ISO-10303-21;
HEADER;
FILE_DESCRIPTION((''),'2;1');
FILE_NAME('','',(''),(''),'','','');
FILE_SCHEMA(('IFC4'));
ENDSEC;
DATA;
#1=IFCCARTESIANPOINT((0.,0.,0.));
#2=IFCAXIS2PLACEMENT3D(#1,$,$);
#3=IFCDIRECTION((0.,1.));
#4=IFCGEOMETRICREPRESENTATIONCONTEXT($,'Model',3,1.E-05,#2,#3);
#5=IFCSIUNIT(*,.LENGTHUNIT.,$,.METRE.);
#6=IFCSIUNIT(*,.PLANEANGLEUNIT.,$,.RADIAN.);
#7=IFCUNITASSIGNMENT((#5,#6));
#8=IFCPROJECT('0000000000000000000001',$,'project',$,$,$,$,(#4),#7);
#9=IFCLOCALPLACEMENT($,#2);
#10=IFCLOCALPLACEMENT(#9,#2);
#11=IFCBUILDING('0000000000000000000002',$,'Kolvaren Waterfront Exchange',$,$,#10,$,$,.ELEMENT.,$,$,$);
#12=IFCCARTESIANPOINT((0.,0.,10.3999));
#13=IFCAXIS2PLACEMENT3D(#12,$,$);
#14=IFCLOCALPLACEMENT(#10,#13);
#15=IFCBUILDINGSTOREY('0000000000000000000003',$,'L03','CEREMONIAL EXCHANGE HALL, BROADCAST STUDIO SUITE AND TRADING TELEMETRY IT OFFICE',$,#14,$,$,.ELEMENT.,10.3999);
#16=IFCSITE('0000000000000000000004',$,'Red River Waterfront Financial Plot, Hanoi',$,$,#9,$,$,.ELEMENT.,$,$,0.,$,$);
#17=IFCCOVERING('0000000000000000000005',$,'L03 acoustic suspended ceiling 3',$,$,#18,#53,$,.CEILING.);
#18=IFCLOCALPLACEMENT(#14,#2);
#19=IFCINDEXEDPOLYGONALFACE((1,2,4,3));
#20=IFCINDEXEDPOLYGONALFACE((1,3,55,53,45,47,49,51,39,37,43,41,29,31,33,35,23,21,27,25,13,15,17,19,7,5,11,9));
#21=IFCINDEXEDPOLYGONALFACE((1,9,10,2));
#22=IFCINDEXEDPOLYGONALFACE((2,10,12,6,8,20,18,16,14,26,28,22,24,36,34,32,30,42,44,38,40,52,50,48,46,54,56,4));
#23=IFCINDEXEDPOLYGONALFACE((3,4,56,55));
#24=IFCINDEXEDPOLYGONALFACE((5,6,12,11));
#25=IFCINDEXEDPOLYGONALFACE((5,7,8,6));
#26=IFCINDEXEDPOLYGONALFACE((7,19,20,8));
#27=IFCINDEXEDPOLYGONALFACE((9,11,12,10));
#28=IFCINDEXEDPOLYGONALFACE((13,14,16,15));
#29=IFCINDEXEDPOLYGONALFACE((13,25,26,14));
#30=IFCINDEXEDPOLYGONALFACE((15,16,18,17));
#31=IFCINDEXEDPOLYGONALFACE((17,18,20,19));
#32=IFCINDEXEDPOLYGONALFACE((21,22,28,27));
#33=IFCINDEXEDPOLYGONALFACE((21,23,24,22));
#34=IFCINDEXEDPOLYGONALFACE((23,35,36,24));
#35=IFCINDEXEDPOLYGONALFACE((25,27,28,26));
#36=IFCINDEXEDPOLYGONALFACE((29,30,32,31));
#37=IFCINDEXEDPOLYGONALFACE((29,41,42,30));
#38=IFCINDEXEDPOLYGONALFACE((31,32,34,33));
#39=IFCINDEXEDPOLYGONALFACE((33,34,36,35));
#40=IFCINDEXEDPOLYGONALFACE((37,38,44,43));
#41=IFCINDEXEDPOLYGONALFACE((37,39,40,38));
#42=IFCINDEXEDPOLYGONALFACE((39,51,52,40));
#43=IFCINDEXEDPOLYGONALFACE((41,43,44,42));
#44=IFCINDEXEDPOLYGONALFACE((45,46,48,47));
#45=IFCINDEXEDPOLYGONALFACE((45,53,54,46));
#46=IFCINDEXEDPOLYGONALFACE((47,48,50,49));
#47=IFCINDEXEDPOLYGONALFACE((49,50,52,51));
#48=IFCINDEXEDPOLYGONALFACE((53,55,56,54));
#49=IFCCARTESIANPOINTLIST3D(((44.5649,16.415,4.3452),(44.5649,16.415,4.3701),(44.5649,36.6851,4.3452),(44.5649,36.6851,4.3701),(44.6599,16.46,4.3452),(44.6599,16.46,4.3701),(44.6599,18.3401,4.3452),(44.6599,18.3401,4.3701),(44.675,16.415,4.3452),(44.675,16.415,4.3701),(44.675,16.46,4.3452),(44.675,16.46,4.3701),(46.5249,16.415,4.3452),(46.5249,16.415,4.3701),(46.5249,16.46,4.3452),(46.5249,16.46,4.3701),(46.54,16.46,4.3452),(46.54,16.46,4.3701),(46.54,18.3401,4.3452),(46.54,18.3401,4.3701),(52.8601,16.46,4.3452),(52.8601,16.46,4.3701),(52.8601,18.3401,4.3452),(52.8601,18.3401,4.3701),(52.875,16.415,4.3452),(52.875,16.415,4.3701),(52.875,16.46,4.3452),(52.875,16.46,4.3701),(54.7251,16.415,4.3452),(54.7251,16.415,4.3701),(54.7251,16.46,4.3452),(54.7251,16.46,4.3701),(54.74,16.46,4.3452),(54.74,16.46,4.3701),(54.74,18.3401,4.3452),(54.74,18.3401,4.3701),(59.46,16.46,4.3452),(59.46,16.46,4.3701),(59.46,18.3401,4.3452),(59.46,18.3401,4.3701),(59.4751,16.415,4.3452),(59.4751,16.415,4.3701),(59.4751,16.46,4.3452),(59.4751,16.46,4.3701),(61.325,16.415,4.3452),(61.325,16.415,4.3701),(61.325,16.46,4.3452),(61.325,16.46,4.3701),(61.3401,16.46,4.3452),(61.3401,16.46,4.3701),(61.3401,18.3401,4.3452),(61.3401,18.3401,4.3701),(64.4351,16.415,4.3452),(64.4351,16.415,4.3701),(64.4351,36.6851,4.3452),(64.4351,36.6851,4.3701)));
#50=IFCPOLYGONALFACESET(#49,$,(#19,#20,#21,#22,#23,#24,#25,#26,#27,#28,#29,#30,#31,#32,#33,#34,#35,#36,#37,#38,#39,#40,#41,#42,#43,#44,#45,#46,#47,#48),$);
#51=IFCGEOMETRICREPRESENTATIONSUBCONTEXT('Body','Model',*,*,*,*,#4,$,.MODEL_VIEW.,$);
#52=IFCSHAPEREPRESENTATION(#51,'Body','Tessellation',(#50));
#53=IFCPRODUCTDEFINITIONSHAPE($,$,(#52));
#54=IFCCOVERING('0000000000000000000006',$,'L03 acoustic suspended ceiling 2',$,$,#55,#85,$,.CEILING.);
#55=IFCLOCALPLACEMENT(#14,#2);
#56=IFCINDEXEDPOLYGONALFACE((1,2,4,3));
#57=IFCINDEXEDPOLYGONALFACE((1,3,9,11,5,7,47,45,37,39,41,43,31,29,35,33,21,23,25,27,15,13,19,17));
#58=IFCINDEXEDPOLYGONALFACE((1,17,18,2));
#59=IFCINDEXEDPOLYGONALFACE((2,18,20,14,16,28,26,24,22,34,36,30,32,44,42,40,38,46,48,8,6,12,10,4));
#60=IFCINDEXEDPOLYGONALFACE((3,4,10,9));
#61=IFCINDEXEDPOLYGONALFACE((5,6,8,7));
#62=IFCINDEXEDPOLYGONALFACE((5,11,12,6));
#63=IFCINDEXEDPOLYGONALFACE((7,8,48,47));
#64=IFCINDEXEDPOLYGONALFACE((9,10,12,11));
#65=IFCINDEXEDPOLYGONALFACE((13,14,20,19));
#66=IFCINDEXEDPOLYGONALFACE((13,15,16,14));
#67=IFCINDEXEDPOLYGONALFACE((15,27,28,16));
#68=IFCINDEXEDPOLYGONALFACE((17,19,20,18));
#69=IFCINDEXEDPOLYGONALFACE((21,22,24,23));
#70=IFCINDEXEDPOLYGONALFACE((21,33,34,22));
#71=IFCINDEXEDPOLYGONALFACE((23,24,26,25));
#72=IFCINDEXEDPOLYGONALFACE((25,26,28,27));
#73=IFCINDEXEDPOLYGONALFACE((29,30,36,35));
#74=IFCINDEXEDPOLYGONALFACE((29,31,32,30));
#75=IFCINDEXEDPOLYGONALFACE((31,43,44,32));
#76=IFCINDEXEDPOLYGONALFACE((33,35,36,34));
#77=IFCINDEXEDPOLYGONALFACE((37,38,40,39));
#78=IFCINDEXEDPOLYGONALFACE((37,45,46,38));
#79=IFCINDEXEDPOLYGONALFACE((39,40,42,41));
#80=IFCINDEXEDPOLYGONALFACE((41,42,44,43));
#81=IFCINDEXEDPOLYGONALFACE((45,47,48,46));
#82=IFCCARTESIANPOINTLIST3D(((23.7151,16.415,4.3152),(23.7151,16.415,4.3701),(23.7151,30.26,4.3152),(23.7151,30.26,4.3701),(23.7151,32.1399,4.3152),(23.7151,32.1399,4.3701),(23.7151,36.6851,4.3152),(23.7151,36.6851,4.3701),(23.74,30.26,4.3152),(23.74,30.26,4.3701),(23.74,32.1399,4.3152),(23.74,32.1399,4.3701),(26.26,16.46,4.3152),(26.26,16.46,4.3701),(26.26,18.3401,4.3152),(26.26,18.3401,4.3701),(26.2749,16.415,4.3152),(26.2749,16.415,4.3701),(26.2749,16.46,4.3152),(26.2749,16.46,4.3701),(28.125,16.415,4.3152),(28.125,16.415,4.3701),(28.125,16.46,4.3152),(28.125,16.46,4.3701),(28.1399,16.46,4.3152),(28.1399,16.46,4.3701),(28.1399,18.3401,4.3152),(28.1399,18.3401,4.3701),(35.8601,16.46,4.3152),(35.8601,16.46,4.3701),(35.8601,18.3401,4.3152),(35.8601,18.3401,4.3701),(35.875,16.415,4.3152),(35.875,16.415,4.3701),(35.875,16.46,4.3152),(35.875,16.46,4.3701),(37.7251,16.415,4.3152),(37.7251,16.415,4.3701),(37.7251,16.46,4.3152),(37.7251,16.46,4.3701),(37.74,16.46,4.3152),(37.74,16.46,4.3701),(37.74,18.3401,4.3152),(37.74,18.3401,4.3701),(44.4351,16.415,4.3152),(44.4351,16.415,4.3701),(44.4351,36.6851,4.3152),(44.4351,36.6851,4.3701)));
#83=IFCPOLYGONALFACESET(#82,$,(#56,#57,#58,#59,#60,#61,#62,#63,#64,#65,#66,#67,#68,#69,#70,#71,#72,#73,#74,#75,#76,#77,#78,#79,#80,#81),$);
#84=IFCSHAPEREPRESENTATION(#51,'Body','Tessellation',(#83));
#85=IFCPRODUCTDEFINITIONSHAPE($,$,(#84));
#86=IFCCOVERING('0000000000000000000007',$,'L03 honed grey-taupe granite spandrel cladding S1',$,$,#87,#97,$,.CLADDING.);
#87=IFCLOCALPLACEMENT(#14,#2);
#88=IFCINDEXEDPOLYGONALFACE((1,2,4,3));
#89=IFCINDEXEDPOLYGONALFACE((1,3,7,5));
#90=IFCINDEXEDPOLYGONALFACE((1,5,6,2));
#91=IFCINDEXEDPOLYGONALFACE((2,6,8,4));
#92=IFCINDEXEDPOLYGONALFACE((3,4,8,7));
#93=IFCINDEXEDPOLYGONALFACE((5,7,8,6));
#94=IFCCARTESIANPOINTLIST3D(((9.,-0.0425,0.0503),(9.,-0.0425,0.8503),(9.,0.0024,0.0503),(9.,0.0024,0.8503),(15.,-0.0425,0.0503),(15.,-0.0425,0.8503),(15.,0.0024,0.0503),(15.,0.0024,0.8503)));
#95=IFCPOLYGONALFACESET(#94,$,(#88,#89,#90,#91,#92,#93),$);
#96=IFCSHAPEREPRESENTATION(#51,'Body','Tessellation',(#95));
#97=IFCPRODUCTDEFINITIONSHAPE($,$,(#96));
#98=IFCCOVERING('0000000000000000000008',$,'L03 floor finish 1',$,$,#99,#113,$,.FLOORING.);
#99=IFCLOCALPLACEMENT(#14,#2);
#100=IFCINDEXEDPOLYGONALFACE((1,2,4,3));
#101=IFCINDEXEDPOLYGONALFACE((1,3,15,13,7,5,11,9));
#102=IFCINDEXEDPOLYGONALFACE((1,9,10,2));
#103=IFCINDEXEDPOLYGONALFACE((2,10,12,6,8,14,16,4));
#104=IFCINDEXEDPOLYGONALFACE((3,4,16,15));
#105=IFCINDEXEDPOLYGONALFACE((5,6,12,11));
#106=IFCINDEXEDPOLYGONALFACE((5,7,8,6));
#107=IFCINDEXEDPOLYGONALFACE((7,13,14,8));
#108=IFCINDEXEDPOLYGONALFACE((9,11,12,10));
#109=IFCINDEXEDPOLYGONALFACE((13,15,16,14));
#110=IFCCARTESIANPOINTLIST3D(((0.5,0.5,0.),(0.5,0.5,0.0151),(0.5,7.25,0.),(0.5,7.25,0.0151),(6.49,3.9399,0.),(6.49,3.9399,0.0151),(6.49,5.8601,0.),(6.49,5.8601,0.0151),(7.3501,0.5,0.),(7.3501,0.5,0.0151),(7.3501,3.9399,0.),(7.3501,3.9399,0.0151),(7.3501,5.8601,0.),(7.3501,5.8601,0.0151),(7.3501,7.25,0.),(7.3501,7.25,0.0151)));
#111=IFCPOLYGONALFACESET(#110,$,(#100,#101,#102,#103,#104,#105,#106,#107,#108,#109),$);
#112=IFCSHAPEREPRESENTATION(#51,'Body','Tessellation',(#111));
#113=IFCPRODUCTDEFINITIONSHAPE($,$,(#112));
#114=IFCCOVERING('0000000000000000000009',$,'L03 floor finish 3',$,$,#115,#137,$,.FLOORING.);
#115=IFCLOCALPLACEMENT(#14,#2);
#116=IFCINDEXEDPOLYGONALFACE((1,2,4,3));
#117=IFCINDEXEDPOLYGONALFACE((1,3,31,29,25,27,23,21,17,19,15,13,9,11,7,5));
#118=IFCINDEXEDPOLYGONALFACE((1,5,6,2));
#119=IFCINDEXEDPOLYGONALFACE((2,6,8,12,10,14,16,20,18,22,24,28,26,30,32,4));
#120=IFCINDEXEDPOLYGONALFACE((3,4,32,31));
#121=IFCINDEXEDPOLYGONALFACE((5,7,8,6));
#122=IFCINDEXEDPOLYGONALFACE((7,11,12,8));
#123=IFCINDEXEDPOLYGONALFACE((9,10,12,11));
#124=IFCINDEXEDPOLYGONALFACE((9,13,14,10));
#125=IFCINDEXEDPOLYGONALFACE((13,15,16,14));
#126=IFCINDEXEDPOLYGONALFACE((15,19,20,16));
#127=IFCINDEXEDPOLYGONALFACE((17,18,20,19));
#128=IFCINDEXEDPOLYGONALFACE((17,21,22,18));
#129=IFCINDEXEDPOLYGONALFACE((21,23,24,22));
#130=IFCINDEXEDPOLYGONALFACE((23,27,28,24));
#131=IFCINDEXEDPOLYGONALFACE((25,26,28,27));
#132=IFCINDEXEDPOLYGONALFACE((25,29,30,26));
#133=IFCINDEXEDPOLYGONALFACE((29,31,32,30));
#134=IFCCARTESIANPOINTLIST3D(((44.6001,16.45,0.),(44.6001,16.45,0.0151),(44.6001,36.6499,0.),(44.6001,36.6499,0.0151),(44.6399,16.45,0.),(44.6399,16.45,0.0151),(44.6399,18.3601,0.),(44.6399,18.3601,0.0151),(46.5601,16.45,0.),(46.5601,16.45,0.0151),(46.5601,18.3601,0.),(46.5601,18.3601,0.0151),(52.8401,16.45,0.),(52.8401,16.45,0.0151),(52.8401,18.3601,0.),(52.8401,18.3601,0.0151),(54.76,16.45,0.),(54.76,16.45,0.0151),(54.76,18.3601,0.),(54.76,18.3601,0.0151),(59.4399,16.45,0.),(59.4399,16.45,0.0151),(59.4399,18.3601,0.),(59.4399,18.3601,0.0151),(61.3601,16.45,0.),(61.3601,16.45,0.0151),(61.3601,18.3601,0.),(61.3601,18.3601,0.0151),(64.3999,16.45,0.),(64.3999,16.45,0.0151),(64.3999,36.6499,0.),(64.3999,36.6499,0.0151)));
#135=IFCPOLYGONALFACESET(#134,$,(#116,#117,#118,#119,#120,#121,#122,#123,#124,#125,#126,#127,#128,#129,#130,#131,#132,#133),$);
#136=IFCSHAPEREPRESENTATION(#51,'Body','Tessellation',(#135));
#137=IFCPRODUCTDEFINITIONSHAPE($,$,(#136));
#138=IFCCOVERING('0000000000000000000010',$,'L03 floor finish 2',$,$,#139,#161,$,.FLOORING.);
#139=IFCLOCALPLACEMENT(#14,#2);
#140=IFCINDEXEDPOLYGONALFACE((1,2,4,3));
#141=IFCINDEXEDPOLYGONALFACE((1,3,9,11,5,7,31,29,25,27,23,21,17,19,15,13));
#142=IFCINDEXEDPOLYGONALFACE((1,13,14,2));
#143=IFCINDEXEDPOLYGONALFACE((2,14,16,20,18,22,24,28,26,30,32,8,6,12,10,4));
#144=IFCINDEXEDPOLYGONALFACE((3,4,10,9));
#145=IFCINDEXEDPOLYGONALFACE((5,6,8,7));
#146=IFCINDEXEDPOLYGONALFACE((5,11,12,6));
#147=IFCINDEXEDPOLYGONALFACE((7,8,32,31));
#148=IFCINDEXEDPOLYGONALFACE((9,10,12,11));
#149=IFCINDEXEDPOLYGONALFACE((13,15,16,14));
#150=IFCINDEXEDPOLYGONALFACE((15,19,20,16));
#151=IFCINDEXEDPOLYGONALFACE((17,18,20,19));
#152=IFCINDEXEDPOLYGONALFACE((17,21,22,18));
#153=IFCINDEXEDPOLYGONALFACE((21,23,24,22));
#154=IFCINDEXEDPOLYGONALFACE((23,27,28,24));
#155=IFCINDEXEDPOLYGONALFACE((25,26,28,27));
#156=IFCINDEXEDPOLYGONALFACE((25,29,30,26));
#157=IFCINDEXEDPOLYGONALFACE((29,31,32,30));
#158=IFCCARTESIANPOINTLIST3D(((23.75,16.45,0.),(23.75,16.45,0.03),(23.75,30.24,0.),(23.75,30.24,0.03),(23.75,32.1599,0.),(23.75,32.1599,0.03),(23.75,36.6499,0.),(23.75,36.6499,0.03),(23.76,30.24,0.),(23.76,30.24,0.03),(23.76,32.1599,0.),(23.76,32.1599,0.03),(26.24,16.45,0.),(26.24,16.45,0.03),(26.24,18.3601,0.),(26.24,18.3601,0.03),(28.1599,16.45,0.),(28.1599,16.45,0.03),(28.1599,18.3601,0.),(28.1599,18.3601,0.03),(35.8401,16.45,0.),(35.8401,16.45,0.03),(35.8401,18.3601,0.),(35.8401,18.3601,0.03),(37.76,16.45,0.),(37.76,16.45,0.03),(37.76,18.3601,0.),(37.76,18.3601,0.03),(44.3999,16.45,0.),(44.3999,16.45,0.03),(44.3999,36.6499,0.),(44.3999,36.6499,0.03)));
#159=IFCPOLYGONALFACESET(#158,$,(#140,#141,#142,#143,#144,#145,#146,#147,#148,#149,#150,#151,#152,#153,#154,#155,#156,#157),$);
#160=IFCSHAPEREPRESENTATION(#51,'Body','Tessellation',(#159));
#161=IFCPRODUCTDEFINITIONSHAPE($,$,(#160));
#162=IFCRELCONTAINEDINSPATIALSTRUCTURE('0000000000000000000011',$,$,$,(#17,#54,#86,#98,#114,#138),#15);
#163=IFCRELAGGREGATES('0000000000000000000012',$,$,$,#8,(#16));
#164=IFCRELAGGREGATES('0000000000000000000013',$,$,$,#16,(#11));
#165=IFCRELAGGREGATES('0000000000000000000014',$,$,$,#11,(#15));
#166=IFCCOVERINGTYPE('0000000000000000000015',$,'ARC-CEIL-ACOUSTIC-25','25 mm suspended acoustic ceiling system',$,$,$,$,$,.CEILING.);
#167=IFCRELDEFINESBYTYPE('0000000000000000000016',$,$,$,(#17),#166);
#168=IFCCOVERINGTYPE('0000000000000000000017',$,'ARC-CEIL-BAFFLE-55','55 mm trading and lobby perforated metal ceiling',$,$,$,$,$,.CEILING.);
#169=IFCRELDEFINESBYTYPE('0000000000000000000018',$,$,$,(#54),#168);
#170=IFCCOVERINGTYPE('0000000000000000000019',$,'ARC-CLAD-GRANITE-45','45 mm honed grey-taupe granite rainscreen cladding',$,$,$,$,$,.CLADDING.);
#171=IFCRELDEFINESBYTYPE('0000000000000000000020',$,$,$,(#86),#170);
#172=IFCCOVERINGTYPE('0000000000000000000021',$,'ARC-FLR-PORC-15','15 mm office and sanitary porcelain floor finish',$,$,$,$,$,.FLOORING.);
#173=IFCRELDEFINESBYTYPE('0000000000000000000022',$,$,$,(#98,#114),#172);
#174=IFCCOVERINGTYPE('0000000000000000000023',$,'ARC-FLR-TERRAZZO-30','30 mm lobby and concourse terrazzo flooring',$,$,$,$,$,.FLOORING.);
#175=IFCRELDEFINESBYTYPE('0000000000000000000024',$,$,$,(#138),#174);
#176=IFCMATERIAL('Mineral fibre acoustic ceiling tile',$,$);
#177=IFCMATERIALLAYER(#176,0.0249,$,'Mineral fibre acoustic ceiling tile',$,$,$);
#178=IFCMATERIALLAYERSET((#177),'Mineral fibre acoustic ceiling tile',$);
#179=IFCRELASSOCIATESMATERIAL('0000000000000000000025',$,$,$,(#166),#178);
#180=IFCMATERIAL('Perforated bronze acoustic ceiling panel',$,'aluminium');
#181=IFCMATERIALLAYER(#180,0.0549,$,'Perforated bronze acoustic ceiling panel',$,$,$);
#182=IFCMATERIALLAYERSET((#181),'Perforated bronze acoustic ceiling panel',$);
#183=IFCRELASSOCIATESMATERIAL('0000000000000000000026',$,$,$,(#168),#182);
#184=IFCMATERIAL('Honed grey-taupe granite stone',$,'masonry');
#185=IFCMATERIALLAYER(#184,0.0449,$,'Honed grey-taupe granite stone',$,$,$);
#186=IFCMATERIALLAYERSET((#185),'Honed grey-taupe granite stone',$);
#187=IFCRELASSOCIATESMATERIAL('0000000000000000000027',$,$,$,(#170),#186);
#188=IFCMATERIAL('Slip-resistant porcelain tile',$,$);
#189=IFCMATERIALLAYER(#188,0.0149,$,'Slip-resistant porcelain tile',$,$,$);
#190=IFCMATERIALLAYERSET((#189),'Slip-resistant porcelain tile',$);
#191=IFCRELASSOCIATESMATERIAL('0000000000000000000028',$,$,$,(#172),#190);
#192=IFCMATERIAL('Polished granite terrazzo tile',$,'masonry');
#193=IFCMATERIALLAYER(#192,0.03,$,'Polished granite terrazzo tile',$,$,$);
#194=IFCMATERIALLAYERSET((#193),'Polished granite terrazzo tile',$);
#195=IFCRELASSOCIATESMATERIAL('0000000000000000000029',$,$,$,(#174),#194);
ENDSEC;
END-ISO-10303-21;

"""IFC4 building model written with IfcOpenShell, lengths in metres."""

from ifc_helpers import new_model, si_unit, direction, frame, origin, origin_2d, place, context, subcontext, project, spatial, polyline, rectangle, outline, extrude, material, layer, layer_set, type_object, element, save


model = new_model("IFC4")

# Units and contexts
model_context = context("Model", 3, precision=1e-05, world=origin(), true_north=direction((0.0, 1.0)))
body_context = subcontext(model_context, "Body", "Model", "MODEL_VIEW")
ifc_project = project(units=[si_unit("LENGTHUNIT", "METRE"), si_unit("PLANEANGLEUNIT", "RADIAN")], contexts=[model_context])

# Site, building, storey
site_placement = place(None, origin())
site = spatial("IfcSite", under=ifc_project, at=site_placement, Name="Red River Waterfront Financial Plot, Hanoi", CompositionType="ELEMENT", RefElevation=0.0)
building_placement = place(site_placement, origin())
building = spatial("IfcBuilding", under=site, at=building_placement, Name="Kolvaren Waterfront Exchange", CompositionType="ELEMENT")
storey_placement = place(building_placement, frame((0.0, 0.0, 10.3999)))
storey = spatial("IfcBuildingStorey", under=building, at=storey_placement, Name="L03", Description="CEREMONIAL EXCHANGE HALL, BROADCAST STUDIO SUITE AND TRADING TELEMETRY IT OFFICE", CompositionType="ELEMENT", Elevation=10.3999)

# Coverings
ifc_material_1 = material(Name="Mineral fibre acoustic ceiling tile")
ifc_layer_1 = layer(ifc_material_1, 0.0249, Name="Mineral fibre acoustic ceiling tile")
ifc_layer_set_1 = layer_set([ifc_layer_1], Name="Mineral fibre acoustic ceiling tile")
covering_type_1 = type_object("IfcCoveringType", Name="ARC-CEIL-ACOUSTIC-25", Description="25 mm suspended acoustic ceiling system", PredefinedType="CEILING", material=ifc_layer_set_1)
covering_1_placement = place(storey_placement, frame((0.0, 0.0, 4.3452)))
element("IfcCovering", 1, at=covering_1_placement, inside=storey, type_object=covering_type_1, Name="L03 acoustic suspended ceiling 3", PredefinedType="CEILING", context=body_context, shape_type="SweptSolid", body=[
    extrude(outline(polyline([(64.4351, 16.415), (64.4351, 36.6851), (44.5649, 36.6851), (44.5649, 16.415), (44.675, 16.415), (44.675, 16.46), (44.6599, 16.46), (44.6599, 18.3401), (46.54, 18.3401), (46.54, 16.46), (46.5249, 16.46), (46.5249, 16.415), (52.875, 16.415), (52.875, 16.46), (52.8601, 16.46), (52.8601, 18.3401), (54.74, 18.3401), (54.74, 16.46), (54.7251, 16.46), (54.7251, 16.415), (59.4751, 16.415), (59.4751, 16.46), (59.46, 16.46), (59.46, 18.3401), (61.3401, 18.3401), (61.3401, 16.46), (61.325, 16.46), (61.325, 16.415), (64.4351, 16.415)])), origin(), (0.0, 0.0, 1.0), 0.0249),
])
ifc_material_2 = material(Name="Perforated bronze acoustic ceiling panel", Category="aluminium")
ifc_layer_2 = layer(ifc_material_2, 0.0549, Name="Perforated bronze acoustic ceiling panel")
ifc_layer_set_2 = layer_set([ifc_layer_2], Name="Perforated bronze acoustic ceiling panel")
covering_type_2 = type_object("IfcCoveringType", Name="ARC-CEIL-BAFFLE-55", Description="55 mm trading and lobby perforated metal ceiling", PredefinedType="CEILING", material=ifc_layer_set_2)
covering_2_placement = place(storey_placement, frame((0.0, 0.0, 4.3152)))
element("IfcCovering", 2, at=covering_2_placement, inside=storey, type_object=covering_type_2, Name="L03 acoustic suspended ceiling 2", PredefinedType="CEILING", context=body_context, shape_type="SweptSolid", body=[
    extrude(outline(polyline([(23.7151, 32.1399), (23.74, 32.1399), (23.74, 30.26), (23.7151, 30.26), (23.7151, 16.415), (26.2749, 16.415), (26.2749, 16.46), (26.26, 16.46), (26.26, 18.3401), (28.1399, 18.3401), (28.1399, 16.46), (28.125, 16.46), (28.125, 16.415), (35.875, 16.415), (35.875, 16.46), (35.8601, 16.46), (35.8601, 18.3401), (37.74, 18.3401), (37.74, 16.46), (37.7251, 16.46), (37.7251, 16.415), (44.4351, 16.415), (44.4351, 36.6851), (23.7151, 36.6851), (23.7151, 32.1399)])), origin(), (0.0, 0.0, 1.0), 0.0549),
])
ifc_material_3 = material(Name="Honed grey-taupe granite stone", Category="masonry")
ifc_layer_3 = layer(ifc_material_3, 0.0449, Name="Honed grey-taupe granite stone")
ifc_layer_set_3 = layer_set([ifc_layer_3], Name="Honed grey-taupe granite stone")
covering_type_3 = type_object("IfcCoveringType", Name="ARC-CLAD-GRANITE-45", Description="45 mm honed grey-taupe granite rainscreen cladding", PredefinedType="CLADDING", material=ifc_layer_set_3)
covering_3_placement = place(storey_placement, frame((12.0, -0.02, 0.0503), z_axis=(0.0, 0.0, 1.0), x_axis=(1.0, 0.0, 0.0)))
element("IfcCovering", 3, at=covering_3_placement, inside=storey, type_object=covering_type_3, Name="L03 honed grey-taupe granite spandrel cladding S1", PredefinedType="CLADDING", context=body_context, shape_type="SweptSolid", body=[
    extrude(rectangle(XDim=6.0, YDim=0.0449, at=origin_2d()), origin(), (0.0, 0.0, 1.0), 0.8),
])
ifc_material_4 = material(Name="Slip-resistant porcelain tile")
ifc_layer_4 = layer(ifc_material_4, 0.0149, Name="Slip-resistant porcelain tile")
ifc_layer_set_4 = layer_set([ifc_layer_4], Name="Slip-resistant porcelain tile")
covering_type_4 = type_object("IfcCoveringType", Name="ARC-FLR-PORC-15", Description="15 mm office and sanitary porcelain floor finish", PredefinedType="FLOORING", material=ifc_layer_set_4)
covering_4_placement = place(storey_placement, origin())
element("IfcCovering", 4, at=covering_4_placement, inside=storey, type_object=covering_type_4, Name="L03 floor finish 1", PredefinedType="FLOORING", context=body_context, shape_type="SweptSolid", body=[
    extrude(outline(polyline([(0.5, 7.25), (0.5, 0.5), (7.3501, 0.5), (7.3501, 3.9399), (6.49, 3.9399), (6.49, 5.8601), (7.3501, 5.8601), (7.3501, 7.25), (0.5, 7.25)])), origin(), (0.0, 0.0, 1.0), 0.0151),
])
covering_5_placement = place(storey_placement, origin())
element("IfcCovering", 5, at=covering_5_placement, inside=storey, type_object=covering_type_4, Name="L03 floor finish 3", PredefinedType="FLOORING", context=body_context, shape_type="SweptSolid", body=[
    extrude(outline(polyline([(44.6001, 36.6499), (44.6001, 16.45), (44.6399, 16.45), (44.6399, 18.3601), (46.5601, 18.3601), (46.5601, 16.45), (52.8401, 16.45), (52.8401, 18.3601), (54.76, 18.3601), (54.76, 16.45), (59.4399, 16.45), (59.4399, 18.3601), (61.3601, 18.3601), (61.3601, 16.45), (64.3999, 16.45), (64.3999, 36.6499), (44.6001, 36.6499)])), origin(), (0.0, 0.0, 1.0), 0.0151),
])
ifc_material_5 = material(Name="Polished granite terrazzo tile", Category="masonry")
ifc_layer_5 = layer(ifc_material_5, 0.03, Name="Polished granite terrazzo tile")
ifc_layer_set_5 = layer_set([ifc_layer_5], Name="Polished granite terrazzo tile")
covering_type_5 = type_object("IfcCoveringType", Name="ARC-FLR-TERRAZZO-30", Description="30 mm lobby and concourse terrazzo flooring", PredefinedType="FLOORING", material=ifc_layer_set_5)
covering_6_placement = place(storey_placement, origin())
element("IfcCovering", 6, at=covering_6_placement, inside=storey, type_object=covering_type_5, Name="L03 floor finish 2", PredefinedType="FLOORING", context=body_context, shape_type="SweptSolid", body=[
    extrude(outline(polyline([(23.75, 30.24), (23.75, 16.45), (26.24, 16.45), (26.24, 18.3601), (28.1599, 18.3601), (28.1599, 16.45), (35.8401, 16.45), (35.8401, 18.3601), (37.76, 18.3601), (37.76, 16.45), (44.3999, 16.45), (44.3999, 36.6499), (23.75, 36.6499), (23.75, 32.1599), (23.76, 32.1599), (23.76, 30.24), (23.75, 30.24)])), origin(), (0.0, 0.0, 1.0), 0.03),
])

save(model, "model.ifc")
